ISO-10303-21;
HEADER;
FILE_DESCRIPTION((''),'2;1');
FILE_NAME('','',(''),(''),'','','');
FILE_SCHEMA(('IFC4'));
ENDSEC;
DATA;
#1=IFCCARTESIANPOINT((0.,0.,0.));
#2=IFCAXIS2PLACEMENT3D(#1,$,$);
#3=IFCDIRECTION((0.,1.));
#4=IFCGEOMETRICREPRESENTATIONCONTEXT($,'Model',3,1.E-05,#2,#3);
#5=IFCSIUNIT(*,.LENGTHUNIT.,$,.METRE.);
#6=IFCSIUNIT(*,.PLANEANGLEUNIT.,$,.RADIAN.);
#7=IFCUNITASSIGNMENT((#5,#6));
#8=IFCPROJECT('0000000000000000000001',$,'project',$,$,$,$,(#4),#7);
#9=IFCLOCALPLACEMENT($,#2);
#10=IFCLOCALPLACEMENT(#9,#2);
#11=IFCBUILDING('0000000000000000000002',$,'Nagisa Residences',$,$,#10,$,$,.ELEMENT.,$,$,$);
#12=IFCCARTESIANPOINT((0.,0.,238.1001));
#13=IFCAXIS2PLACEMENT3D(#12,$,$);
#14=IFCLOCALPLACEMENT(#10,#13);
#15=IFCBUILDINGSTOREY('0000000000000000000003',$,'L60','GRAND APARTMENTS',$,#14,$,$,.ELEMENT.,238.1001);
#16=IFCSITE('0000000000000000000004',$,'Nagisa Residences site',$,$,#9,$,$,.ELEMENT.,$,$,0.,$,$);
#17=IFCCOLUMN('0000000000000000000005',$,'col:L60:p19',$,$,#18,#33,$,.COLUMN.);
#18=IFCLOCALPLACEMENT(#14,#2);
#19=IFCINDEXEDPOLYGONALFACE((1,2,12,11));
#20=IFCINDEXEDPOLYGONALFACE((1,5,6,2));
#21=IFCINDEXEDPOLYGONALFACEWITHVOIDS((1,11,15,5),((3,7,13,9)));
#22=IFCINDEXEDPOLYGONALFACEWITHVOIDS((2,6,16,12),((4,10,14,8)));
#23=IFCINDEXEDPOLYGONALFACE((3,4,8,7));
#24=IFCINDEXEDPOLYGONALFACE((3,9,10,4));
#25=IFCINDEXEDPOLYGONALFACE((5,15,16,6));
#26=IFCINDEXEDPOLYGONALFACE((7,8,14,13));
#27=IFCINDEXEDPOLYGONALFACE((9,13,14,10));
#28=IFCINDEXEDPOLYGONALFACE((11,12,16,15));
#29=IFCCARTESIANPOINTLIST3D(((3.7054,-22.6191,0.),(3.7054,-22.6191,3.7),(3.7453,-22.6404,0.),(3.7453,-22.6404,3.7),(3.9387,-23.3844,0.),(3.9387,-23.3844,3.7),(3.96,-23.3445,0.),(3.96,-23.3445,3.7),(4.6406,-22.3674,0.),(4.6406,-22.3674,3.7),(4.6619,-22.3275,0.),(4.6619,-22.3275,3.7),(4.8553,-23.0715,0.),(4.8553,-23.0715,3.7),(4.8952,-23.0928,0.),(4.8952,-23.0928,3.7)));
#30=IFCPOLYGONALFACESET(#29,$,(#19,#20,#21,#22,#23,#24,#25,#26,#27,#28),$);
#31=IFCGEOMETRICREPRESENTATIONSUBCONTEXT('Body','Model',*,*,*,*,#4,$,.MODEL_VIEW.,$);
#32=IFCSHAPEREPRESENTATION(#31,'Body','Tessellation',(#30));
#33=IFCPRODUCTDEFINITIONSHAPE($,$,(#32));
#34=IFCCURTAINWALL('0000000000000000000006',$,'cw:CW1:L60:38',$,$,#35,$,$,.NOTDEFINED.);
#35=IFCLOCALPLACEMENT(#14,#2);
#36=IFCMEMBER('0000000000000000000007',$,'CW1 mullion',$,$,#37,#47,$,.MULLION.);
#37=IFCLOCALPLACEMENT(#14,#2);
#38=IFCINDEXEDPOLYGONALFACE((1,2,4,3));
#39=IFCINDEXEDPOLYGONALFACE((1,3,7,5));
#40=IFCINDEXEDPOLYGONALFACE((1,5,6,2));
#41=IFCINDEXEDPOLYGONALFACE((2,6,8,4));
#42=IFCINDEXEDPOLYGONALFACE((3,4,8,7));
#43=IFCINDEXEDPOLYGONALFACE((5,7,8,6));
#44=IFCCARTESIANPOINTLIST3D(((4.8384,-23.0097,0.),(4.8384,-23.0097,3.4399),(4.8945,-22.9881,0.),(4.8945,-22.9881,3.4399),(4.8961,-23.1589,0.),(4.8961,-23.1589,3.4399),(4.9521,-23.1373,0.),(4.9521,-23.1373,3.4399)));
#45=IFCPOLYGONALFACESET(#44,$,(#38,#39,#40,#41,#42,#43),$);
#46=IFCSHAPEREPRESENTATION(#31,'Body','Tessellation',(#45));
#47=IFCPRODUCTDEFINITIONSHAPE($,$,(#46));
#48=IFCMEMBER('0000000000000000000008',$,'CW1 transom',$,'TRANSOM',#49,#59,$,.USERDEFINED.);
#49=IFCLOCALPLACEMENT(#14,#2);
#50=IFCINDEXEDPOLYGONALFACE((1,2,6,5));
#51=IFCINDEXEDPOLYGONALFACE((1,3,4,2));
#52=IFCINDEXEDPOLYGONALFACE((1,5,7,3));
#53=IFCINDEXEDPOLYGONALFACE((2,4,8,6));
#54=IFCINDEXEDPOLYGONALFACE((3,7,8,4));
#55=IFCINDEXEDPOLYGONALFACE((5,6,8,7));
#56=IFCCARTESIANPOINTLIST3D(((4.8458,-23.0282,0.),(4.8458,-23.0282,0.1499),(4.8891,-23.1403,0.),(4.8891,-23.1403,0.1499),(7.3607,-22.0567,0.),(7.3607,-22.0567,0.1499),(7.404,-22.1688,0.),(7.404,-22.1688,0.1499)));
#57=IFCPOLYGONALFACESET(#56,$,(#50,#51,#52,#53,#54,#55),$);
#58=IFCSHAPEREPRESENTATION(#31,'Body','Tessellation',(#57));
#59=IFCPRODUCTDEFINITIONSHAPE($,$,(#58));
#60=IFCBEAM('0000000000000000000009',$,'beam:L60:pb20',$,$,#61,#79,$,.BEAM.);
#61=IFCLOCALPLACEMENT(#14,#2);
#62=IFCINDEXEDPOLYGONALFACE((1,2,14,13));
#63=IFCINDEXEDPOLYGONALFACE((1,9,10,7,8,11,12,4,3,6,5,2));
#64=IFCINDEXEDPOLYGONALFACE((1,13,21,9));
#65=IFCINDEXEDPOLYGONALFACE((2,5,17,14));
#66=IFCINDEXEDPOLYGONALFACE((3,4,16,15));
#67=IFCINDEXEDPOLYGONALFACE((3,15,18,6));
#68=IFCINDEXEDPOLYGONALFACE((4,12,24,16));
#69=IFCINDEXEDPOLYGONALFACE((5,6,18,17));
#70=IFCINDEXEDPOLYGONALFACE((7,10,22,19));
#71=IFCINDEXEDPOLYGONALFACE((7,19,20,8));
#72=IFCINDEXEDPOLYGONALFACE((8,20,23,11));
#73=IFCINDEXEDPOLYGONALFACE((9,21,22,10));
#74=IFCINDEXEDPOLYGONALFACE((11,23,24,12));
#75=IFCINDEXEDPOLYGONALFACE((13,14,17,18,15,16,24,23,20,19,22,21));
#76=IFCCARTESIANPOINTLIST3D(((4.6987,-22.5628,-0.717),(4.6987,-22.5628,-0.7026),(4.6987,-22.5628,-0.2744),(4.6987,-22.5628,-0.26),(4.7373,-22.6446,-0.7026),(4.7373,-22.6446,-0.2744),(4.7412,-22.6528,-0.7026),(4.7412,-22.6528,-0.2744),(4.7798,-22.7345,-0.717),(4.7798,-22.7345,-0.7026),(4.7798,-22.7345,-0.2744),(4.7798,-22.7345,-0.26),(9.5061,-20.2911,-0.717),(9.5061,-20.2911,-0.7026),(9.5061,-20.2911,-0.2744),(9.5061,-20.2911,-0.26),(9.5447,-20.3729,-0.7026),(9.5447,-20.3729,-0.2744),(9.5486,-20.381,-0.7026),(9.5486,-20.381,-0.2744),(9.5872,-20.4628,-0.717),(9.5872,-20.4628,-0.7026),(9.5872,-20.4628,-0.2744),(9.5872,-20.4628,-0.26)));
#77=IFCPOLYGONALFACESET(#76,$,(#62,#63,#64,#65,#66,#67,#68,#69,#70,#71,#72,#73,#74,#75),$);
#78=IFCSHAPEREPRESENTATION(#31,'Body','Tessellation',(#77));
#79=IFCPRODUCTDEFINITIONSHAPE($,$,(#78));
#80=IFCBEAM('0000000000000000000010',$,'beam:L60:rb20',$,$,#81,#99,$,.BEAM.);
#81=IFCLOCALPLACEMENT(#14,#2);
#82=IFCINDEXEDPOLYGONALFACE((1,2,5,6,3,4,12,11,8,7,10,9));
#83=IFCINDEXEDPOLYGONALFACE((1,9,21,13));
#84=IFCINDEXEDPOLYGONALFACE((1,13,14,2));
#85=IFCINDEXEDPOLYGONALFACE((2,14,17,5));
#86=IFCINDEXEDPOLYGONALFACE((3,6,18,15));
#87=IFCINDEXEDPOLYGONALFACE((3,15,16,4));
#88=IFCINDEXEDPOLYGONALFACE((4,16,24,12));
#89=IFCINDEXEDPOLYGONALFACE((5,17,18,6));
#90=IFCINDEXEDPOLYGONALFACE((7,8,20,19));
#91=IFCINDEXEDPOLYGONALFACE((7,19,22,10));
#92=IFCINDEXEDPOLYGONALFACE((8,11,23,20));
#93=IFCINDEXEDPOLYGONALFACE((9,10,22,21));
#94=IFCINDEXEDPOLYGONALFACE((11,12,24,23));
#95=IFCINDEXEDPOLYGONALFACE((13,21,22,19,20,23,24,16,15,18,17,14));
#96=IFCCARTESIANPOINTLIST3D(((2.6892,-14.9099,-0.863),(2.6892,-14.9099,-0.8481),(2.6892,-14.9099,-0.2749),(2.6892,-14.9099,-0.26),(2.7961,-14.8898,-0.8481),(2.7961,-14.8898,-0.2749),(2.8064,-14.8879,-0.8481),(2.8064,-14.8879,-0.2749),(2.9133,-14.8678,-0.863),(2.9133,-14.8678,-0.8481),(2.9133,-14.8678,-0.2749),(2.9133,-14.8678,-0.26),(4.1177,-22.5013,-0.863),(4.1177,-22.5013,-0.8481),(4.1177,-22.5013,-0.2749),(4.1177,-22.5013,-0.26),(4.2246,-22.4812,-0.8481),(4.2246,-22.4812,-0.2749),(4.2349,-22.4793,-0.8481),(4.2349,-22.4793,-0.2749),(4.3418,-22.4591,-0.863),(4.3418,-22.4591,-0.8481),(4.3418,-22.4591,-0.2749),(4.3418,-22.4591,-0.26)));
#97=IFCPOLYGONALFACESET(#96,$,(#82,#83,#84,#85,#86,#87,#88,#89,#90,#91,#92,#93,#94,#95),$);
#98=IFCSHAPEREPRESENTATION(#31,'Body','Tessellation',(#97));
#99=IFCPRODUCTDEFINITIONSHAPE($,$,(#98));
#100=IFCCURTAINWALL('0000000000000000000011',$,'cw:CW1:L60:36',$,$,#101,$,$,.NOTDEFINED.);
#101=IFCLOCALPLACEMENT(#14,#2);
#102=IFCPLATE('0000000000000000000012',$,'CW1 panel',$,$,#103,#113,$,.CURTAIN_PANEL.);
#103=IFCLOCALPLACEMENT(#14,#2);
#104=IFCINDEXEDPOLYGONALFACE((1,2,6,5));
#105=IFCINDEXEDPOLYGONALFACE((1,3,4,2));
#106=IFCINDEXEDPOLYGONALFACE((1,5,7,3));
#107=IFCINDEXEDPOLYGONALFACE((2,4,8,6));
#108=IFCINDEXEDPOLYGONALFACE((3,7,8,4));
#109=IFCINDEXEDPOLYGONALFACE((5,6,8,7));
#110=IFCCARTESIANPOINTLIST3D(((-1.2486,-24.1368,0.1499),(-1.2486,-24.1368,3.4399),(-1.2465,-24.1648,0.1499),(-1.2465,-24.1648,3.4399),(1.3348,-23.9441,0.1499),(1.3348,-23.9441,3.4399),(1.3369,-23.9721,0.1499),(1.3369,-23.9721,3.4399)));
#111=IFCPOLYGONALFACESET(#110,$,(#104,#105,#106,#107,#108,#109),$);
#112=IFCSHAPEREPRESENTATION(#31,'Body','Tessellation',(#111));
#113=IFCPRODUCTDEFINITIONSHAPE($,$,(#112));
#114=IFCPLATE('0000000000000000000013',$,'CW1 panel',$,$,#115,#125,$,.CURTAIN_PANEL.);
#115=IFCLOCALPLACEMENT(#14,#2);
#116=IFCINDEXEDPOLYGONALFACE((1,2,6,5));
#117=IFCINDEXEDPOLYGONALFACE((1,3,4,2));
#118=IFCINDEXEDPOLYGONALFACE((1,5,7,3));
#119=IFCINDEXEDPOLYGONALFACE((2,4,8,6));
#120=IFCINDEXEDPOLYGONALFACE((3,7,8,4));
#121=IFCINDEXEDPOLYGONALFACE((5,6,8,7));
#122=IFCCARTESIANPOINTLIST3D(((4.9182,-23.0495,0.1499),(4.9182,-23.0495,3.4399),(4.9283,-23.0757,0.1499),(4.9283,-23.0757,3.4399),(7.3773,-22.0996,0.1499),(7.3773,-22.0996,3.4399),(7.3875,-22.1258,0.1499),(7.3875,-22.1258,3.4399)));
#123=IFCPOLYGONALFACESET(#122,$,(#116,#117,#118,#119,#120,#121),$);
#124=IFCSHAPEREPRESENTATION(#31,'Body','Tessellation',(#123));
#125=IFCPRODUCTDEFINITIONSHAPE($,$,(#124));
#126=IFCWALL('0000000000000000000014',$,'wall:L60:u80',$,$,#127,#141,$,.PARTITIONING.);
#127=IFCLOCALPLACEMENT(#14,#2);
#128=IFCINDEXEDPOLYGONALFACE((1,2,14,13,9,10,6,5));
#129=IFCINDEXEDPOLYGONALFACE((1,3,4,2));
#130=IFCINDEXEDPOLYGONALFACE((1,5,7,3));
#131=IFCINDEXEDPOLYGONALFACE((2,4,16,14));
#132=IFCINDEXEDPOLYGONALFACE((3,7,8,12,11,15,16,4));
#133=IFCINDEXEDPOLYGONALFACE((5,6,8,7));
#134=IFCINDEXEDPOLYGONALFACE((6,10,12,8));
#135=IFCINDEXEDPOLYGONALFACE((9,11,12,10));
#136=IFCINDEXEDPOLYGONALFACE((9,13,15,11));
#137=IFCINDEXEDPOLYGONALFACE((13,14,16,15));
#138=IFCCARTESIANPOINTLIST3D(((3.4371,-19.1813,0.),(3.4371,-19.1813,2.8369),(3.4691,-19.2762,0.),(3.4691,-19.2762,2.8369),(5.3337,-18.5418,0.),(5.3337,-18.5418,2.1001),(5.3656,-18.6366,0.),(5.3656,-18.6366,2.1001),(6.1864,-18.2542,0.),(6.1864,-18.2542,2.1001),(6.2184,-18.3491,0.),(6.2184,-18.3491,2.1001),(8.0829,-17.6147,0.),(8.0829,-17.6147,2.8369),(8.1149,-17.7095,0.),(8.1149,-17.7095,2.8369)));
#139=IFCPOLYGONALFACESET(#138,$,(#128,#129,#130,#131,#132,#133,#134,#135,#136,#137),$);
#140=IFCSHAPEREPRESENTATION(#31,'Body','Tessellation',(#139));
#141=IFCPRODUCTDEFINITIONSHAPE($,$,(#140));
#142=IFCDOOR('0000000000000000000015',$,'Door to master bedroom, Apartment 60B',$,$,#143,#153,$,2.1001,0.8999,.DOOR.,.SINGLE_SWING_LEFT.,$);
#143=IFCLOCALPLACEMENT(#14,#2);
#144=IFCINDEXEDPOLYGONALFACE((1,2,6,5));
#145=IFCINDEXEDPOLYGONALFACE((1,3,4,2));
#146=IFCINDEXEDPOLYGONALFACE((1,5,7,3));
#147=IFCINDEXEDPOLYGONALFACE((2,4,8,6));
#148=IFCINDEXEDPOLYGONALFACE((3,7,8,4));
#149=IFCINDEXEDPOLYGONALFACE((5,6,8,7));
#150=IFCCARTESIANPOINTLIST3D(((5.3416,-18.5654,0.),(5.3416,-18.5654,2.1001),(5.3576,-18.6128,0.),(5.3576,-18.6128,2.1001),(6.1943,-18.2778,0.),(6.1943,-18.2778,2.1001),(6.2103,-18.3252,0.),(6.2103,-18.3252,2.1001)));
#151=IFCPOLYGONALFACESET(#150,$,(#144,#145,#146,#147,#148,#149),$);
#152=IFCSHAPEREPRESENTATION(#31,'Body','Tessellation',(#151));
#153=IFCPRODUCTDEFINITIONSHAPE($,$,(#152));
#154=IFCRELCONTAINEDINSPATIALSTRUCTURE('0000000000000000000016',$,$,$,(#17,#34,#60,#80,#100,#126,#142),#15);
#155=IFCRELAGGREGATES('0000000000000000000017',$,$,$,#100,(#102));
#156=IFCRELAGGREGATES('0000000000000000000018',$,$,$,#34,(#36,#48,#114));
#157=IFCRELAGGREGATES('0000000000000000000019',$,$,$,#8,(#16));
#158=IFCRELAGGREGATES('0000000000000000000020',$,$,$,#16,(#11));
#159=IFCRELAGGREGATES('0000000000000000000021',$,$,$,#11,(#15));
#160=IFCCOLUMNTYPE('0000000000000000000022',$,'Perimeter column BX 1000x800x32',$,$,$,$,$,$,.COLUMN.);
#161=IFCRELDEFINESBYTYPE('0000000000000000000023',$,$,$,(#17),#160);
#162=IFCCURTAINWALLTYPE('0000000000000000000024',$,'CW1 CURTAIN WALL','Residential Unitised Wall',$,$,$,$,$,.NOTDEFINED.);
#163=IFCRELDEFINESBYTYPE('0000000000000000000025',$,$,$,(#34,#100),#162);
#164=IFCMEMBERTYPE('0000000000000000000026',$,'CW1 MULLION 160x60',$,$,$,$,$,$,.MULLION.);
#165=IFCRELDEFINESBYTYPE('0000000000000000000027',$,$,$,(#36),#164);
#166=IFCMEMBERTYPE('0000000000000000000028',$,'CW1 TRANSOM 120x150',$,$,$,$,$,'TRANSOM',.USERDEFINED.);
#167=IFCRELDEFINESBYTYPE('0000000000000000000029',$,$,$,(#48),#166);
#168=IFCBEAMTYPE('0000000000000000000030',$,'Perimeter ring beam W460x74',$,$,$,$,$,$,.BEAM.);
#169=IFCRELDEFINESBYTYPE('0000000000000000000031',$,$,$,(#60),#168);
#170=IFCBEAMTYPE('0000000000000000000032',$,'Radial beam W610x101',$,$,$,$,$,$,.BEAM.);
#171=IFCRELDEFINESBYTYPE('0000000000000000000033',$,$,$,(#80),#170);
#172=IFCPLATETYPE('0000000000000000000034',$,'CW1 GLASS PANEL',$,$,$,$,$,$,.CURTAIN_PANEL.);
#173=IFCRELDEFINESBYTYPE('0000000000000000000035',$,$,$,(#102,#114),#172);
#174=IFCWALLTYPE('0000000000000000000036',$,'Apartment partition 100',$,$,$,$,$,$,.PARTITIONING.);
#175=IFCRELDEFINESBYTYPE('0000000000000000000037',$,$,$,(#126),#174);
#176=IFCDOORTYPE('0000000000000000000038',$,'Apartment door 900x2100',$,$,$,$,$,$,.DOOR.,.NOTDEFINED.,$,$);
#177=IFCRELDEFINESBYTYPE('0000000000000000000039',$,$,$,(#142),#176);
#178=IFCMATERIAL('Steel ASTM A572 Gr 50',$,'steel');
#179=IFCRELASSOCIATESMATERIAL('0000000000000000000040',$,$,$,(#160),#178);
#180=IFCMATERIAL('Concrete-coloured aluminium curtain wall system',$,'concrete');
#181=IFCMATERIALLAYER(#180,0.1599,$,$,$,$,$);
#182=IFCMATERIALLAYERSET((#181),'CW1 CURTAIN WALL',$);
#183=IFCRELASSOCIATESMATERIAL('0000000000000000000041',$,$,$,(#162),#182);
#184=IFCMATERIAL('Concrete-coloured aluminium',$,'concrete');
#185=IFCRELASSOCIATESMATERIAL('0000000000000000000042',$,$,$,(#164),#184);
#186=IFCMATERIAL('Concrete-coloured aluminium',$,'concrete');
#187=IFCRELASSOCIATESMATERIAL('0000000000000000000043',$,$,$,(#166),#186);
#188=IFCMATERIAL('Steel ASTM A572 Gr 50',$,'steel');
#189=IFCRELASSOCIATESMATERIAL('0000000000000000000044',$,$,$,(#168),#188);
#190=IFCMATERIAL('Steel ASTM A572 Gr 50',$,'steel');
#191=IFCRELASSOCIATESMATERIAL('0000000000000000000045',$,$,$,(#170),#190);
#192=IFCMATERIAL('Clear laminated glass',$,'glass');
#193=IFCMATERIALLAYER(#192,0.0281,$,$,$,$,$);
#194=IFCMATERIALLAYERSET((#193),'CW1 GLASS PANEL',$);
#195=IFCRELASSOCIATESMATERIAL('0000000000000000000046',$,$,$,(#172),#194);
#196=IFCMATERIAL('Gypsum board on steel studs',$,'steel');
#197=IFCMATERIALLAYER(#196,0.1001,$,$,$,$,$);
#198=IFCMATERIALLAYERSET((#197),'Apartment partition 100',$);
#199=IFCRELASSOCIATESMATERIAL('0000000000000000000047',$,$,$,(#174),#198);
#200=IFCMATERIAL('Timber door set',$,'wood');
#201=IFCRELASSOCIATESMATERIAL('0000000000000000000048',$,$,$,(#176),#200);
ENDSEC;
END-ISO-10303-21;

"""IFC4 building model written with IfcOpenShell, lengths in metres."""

from ifc_helpers import new_model, si_unit, direction, frame, frame_2d, origin, origin_2d, place, context, subcontext, project, spatial, rectangle, hollow_rectangle, i_section, extrude, material, layer, layer_set, material_profile, profile_set, type_object, element, fill, aggregate, save


model = new_model("IFC4")

# Units and contexts
model_context = context("Model", 3, precision=1e-05, world=origin(), true_north=direction((0.0, 1.0)))
body_context = subcontext(model_context, "Body", "Model", "MODEL_VIEW")
ifc_project = project(units=[si_unit("LENGTHUNIT", "METRE"), si_unit("PLANEANGLEUNIT", "RADIAN")], contexts=[model_context])

# Site, building, storey
site_placement = place(None, origin())
site = spatial("IfcSite", under=ifc_project, at=site_placement, Name="Nagisa Residences site", CompositionType="ELEMENT", RefElevation=0.0)
building_placement = place(site_placement, origin())
building = spatial("IfcBuilding", under=site, at=building_placement, Name="Nagisa Residences", CompositionType="ELEMENT")
storey_placement = place(building_placement, frame((0.0, 0.0, 238.1001)))
storey = spatial("IfcBuildingStorey", under=building, at=storey_placement, Name="L60", Description="GRAND APARTMENTS", CompositionType="ELEMENT", Elevation=238.1001)

# Column
ifc_material_1 = material(Name="Steel ASTM A572 Gr 50", Category="steel")
ifc_material_profile_1 = material_profile(ifc_material_1, hollow_rectangle(XDim=1.0, YDim=0.8, WallThickness=0.032, at=origin_2d()), Name="BX 1000x800x32")
ifc_profile_set_1 = profile_set([ifc_material_profile_1], Name="Steel ASTM A572 Gr 50")
column_type = type_object("IfcColumnType", Name="Perimeter column BX 1000x800x32", PredefinedType="COLUMN", material=ifc_profile_set_1)
column_placement = place(storey_placement, frame((4.3003, -22.856, 0.0), z_axis=(0.0, 0.0, 1.0), x_axis=(0.956525, 0.291652, 0.0)))
element("IfcColumn", 1, at=column_placement, inside=storey, type_object=column_type, Name="col:L60:p19", PredefinedType="COLUMN", context=body_context, shape_type="SweptSolid", body=[
    extrude(hollow_rectangle(XDim=1.0, YDim=0.8, WallThickness=0.032, at=origin_2d()), origin(), (0.0, 0.0, 1.0), 3.7),
])

# Curtain wall, members
ifc_material_2 = material(Name="Concrete-coloured aluminium curtain wall system", Category="concrete")
ifc_layer_1 = layer(ifc_material_2, 0.1599)
ifc_layer_set_1 = layer_set([ifc_layer_1], Name="CW1 CURTAIN WALL")
curtain_wall_type = type_object("IfcCurtainWallType", Name="CW1 CURTAIN WALL", Description="Residential Unitised Wall", PredefinedType="NOTDEFINED", material=ifc_layer_set_1)
curtain_wall_1_placement = place(storey_placement, origin())
curtain_wall_1 = element("IfcCurtainWall", 2, at=curtain_wall_1_placement, inside=storey, type_object=curtain_wall_type, Name="cw:CW1:L60:38", PredefinedType="NOTDEFINED")
ifc_material_3 = material(Name="Concrete-coloured aluminium", Category="concrete")
ifc_material_profile_2 = material_profile(ifc_material_3, rectangle(XDim=0.1599, YDim=0.0601, at=origin_2d()), Name="CW1 MULLION 160x60")
ifc_profile_set_2 = profile_set([ifc_material_profile_2], Name="Concrete-coloured aluminium")
member_type_1 = type_object("IfcMemberType", Name="CW1 MULLION 160x60", PredefinedType="MULLION", material=ifc_profile_set_2)
member_1_placement = place(storey_placement, frame((4.8953, -23.0735, 0.0), z_axis=(0.0, 0.0, 1.0), x_axis=(-0.360328, 0.932826, 0.0)))
member_1 = element("IfcMember", 3, at=member_1_placement, type_object=member_type_1, Name="CW1 mullion", PredefinedType="MULLION", context=body_context, shape_type="SweptSolid", body=[
    extrude(rectangle(XDim=0.1599, YDim=0.0601, at=origin_2d()), origin(), (0.0, 0.0, 1.0), 3.4399),
])
ifc_material_4 = material(Name="Concrete-coloured aluminium", Category="concrete")
ifc_material_profile_3 = material_profile(ifc_material_4, rectangle(XDim=0.1201, YDim=0.1499, at=origin_2d()), Name="CW1 TRANSOM 120x150")
ifc_profile_set_3 = profile_set([ifc_material_profile_3], Name="Concrete-coloured aluminium")
member_type_2 = type_object("IfcMemberType", Name="CW1 TRANSOM 120x150", ElementType="TRANSOM", PredefinedType="USERDEFINED", material=ifc_profile_set_3)
member_2_placement = place(storey_placement, frame((4.8674, -23.0842, 0.075), z_axis=(0.932826, 0.360326, 0.0), x_axis=(-0.360326, 0.932826, 0.0)))
member_2 = element("IfcMember", 4, at=member_2_placement, type_object=member_type_2, Name="CW1 transom", ObjectType="TRANSOM", PredefinedType="USERDEFINED", context=body_context, shape_type="SweptSolid", body=[
    extrude(rectangle(XDim=0.1201, YDim=0.1499, at=origin_2d()), origin(), (0.0, 0.0, 1.0), 2.696),
])

# Beams
ifc_material_5 = material(Name="Steel ASTM A572 Gr 50", Category="steel")
ifc_material_profile_4 = material_profile(ifc_material_5, i_section(OverallWidth=0.1899, OverallDepth=0.457, WebThickness=0.009, FlangeThickness=0.0144, at=origin_2d()), Name="W460x74")
ifc_profile_set_4 = profile_set([ifc_material_profile_4], Name="Steel ASTM A572 Gr 50")
beam_type_1 = type_object("IfcBeamType", Name="Perimeter ring beam W460x74", PredefinedType="BEAM", material=ifc_profile_set_4)
beam_1_placement = place(storey_placement, frame((4.7393, -22.6487, -0.4885), z_axis=(0.904134, 0.427249, 0.0), x_axis=(-0.427249, 0.904134, 0.0)))
element("IfcBeam", 5, at=beam_1_placement, inside=storey, type_object=beam_type_1, Name="beam:L60:pb20", PredefinedType="BEAM", context=body_context, shape_type="SweptSolid", body=[
    extrude(i_section(OverallWidth=0.1899, OverallDepth=0.457, WebThickness=0.009, FlangeThickness=0.0144, at=origin_2d()), origin(), (0.0, 0.0, 1.0), 5.3171),
])
ifc_material_6 = material(Name="Steel ASTM A572 Gr 50", Category="steel")
ifc_material_profile_5 = material_profile(ifc_material_6, i_section(OverallWidth=0.228, OverallDepth=0.603, WebThickness=0.0105, FlangeThickness=0.0149, at=origin_2d()), Name="W610x101")
ifc_profile_set_5 = profile_set([ifc_material_profile_5], Name="Steel ASTM A572 Gr 50")
beam_type_2 = type_object("IfcBeamType", Name="Radial beam W610x101", PredefinedType="BEAM", material=ifc_profile_set_5)
beam_2_placement = place(storey_placement, frame((4.2297, -22.4802, -0.5615), z_axis=(-0.184926, 0.982752, 0.0), x_axis=(-0.982752, -0.184926, 0.0)))
element("IfcBeam", 6, at=beam_2_placement, inside=storey, type_object=beam_type_2, Name="beam:L60:rb20", PredefinedType="BEAM", context=body_context, shape_type="SweptSolid", body=[
    extrude(i_section(OverallWidth=0.228, OverallDepth=0.603, WebThickness=0.0105, FlangeThickness=0.0149, at=origin_2d()), origin(), (0.0, 0.0, 1.0), 7.7246),
])

# Curtain wall, plate
curtain_wall_2_placement = place(storey_placement, origin())
curtain_wall_2 = element("IfcCurtainWall", 7, at=curtain_wall_2_placement, inside=storey, type_object=curtain_wall_type, Name="cw:CW1:L60:36", PredefinedType="NOTDEFINED")
ifc_material_7 = material(Name="Clear laminated glass", Category="glass")
ifc_layer_2 = layer(ifc_material_7, 0.0281)
ifc_layer_set_2 = layer_set([ifc_layer_2], Name="CW1 GLASS PANEL")
plate_type = type_object("IfcPlateType", Name="CW1 GLASS PANEL", PredefinedType="CURTAIN_PANEL", material=ifc_layer_set_2)
plate_1_placement = place(storey_placement, frame((0.0442, -24.0544, 0.1499), z_axis=(0.0, 0.0, 1.0), x_axis=(0.99723, 0.074377, 0.0)))
plate_1 = element("IfcPlate", 8, at=plate_1_placement, type_object=plate_type, Name="CW1 panel", PredefinedType="CURTAIN_PANEL", context=body_context, shape_type="SweptSolid", body=[
    extrude(rectangle(XDim=2.5906, YDim=0.0281, at=origin_2d()), origin(), (0.0, 0.0, 1.0), 3.29),
])
aggregate(curtain_wall_2, [plate_1])

# Plate
plate_2_placement = place(storey_placement, frame((6.1528, -22.5876, 0.1499), z_axis=(0.0, 0.0, 1.0), x_axis=(0.932826, 0.360328, 0.0)))
plate_2 = element("IfcPlate", 9, at=plate_2_placement, type_object=plate_type, Name="CW1 panel", PredefinedType="CURTAIN_PANEL", context=body_context, shape_type="SweptSolid", body=[
    extrude(rectangle(XDim=2.6362, YDim=0.0281, at=origin_2d()), origin(), (0.0, 0.0, 1.0), 3.29),
])
aggregate(curtain_wall_1, [member_1, member_2, plate_2])

# Wall, opening, door
ifc_material_8 = material(Name="Gypsum board on steel studs", Category="steel")
ifc_layer_3 = layer(ifc_material_8, 0.1001)
ifc_layer_set_3 = layer_set([ifc_layer_3], Name="Apartment partition 100")
wall_type_1 = type_object("IfcWallType", Name="Apartment partition 100", PredefinedType="PARTITIONING", material=ifc_layer_set_3)
wall_1_placement = place(storey_placement, frame((3.4531, -19.2288, 0.0), z_axis=(0.0, 0.0, 1.0), x_axis=(0.947572, 0.319542, 0.0)))
wall_1 = element("IfcWall", 10, at=wall_1_placement, inside=storey, type_object=wall_type_1, Name="wall:L60:u80", PredefinedType="PARTITIONING", context=body_context, shape_type="SweptSolid", body=[
    extrude(rectangle(XDim=4.9028, YDim=0.1001, at=frame_2d((2.4514, 0.0))), origin(), (0.0, 0.0, 1.0), 2.8369),
])
opening_1_placement = place(wall_1_placement, frame((2.0015, 0.0, 0.0)))
opening_1 = element("IfcOpeningElement", 11, at=opening_1_placement, cuts=wall_1, PredefinedType="OPENING", context=body_context, shape_type="SweptSolid", body=[
    extrude(rectangle(XDim=0.8999, YDim=2.1001, at=frame_2d((0.45, 1.05))), frame((0.0, 0.0601, 0.0), z_axis=(0.0, -1.0, 0.0), x_axis=(1.0, 0.0, 0.0)), (0.0, 0.0, 1.0), 0.1201),
])
ifc_material_9 = material(Name="Timber door set", Category="wood")
door_type_1 = type_object("IfcDoorType", Name="Apartment door 900x2100", OperationType="NOTDEFINED", PredefinedType="DOOR", material=ifc_material_9)
door_1_placement = place(opening_1_placement, frame((0.8999, 0.0, 0.0), x_axis=(-1.0, 0.0, 0.0)))
door_1 = element("IfcDoor", 12, at=door_1_placement, inside=storey, type_object=door_type_1, Name="Door to master bedroom, Apartment 60B", OperationType="SINGLE_SWING_LEFT", OverallHeight=2.1001, OverallWidth=0.8999, PredefinedType="DOOR", context=body_context, shape_type="SweptSolid", body=[
    extrude(rectangle(XDim=0.8999, YDim=2.1001, at=frame_2d((0.45, 1.05))), frame((0.0, 0.0249, 0.0), z_axis=(0.0, -1.0, 0.0), x_axis=(1.0, 0.0, 0.0)), (0.0, 0.0, 1.0), 0.05),
])
fill(opening_1, door_1)

save(model, "model.ifc")
